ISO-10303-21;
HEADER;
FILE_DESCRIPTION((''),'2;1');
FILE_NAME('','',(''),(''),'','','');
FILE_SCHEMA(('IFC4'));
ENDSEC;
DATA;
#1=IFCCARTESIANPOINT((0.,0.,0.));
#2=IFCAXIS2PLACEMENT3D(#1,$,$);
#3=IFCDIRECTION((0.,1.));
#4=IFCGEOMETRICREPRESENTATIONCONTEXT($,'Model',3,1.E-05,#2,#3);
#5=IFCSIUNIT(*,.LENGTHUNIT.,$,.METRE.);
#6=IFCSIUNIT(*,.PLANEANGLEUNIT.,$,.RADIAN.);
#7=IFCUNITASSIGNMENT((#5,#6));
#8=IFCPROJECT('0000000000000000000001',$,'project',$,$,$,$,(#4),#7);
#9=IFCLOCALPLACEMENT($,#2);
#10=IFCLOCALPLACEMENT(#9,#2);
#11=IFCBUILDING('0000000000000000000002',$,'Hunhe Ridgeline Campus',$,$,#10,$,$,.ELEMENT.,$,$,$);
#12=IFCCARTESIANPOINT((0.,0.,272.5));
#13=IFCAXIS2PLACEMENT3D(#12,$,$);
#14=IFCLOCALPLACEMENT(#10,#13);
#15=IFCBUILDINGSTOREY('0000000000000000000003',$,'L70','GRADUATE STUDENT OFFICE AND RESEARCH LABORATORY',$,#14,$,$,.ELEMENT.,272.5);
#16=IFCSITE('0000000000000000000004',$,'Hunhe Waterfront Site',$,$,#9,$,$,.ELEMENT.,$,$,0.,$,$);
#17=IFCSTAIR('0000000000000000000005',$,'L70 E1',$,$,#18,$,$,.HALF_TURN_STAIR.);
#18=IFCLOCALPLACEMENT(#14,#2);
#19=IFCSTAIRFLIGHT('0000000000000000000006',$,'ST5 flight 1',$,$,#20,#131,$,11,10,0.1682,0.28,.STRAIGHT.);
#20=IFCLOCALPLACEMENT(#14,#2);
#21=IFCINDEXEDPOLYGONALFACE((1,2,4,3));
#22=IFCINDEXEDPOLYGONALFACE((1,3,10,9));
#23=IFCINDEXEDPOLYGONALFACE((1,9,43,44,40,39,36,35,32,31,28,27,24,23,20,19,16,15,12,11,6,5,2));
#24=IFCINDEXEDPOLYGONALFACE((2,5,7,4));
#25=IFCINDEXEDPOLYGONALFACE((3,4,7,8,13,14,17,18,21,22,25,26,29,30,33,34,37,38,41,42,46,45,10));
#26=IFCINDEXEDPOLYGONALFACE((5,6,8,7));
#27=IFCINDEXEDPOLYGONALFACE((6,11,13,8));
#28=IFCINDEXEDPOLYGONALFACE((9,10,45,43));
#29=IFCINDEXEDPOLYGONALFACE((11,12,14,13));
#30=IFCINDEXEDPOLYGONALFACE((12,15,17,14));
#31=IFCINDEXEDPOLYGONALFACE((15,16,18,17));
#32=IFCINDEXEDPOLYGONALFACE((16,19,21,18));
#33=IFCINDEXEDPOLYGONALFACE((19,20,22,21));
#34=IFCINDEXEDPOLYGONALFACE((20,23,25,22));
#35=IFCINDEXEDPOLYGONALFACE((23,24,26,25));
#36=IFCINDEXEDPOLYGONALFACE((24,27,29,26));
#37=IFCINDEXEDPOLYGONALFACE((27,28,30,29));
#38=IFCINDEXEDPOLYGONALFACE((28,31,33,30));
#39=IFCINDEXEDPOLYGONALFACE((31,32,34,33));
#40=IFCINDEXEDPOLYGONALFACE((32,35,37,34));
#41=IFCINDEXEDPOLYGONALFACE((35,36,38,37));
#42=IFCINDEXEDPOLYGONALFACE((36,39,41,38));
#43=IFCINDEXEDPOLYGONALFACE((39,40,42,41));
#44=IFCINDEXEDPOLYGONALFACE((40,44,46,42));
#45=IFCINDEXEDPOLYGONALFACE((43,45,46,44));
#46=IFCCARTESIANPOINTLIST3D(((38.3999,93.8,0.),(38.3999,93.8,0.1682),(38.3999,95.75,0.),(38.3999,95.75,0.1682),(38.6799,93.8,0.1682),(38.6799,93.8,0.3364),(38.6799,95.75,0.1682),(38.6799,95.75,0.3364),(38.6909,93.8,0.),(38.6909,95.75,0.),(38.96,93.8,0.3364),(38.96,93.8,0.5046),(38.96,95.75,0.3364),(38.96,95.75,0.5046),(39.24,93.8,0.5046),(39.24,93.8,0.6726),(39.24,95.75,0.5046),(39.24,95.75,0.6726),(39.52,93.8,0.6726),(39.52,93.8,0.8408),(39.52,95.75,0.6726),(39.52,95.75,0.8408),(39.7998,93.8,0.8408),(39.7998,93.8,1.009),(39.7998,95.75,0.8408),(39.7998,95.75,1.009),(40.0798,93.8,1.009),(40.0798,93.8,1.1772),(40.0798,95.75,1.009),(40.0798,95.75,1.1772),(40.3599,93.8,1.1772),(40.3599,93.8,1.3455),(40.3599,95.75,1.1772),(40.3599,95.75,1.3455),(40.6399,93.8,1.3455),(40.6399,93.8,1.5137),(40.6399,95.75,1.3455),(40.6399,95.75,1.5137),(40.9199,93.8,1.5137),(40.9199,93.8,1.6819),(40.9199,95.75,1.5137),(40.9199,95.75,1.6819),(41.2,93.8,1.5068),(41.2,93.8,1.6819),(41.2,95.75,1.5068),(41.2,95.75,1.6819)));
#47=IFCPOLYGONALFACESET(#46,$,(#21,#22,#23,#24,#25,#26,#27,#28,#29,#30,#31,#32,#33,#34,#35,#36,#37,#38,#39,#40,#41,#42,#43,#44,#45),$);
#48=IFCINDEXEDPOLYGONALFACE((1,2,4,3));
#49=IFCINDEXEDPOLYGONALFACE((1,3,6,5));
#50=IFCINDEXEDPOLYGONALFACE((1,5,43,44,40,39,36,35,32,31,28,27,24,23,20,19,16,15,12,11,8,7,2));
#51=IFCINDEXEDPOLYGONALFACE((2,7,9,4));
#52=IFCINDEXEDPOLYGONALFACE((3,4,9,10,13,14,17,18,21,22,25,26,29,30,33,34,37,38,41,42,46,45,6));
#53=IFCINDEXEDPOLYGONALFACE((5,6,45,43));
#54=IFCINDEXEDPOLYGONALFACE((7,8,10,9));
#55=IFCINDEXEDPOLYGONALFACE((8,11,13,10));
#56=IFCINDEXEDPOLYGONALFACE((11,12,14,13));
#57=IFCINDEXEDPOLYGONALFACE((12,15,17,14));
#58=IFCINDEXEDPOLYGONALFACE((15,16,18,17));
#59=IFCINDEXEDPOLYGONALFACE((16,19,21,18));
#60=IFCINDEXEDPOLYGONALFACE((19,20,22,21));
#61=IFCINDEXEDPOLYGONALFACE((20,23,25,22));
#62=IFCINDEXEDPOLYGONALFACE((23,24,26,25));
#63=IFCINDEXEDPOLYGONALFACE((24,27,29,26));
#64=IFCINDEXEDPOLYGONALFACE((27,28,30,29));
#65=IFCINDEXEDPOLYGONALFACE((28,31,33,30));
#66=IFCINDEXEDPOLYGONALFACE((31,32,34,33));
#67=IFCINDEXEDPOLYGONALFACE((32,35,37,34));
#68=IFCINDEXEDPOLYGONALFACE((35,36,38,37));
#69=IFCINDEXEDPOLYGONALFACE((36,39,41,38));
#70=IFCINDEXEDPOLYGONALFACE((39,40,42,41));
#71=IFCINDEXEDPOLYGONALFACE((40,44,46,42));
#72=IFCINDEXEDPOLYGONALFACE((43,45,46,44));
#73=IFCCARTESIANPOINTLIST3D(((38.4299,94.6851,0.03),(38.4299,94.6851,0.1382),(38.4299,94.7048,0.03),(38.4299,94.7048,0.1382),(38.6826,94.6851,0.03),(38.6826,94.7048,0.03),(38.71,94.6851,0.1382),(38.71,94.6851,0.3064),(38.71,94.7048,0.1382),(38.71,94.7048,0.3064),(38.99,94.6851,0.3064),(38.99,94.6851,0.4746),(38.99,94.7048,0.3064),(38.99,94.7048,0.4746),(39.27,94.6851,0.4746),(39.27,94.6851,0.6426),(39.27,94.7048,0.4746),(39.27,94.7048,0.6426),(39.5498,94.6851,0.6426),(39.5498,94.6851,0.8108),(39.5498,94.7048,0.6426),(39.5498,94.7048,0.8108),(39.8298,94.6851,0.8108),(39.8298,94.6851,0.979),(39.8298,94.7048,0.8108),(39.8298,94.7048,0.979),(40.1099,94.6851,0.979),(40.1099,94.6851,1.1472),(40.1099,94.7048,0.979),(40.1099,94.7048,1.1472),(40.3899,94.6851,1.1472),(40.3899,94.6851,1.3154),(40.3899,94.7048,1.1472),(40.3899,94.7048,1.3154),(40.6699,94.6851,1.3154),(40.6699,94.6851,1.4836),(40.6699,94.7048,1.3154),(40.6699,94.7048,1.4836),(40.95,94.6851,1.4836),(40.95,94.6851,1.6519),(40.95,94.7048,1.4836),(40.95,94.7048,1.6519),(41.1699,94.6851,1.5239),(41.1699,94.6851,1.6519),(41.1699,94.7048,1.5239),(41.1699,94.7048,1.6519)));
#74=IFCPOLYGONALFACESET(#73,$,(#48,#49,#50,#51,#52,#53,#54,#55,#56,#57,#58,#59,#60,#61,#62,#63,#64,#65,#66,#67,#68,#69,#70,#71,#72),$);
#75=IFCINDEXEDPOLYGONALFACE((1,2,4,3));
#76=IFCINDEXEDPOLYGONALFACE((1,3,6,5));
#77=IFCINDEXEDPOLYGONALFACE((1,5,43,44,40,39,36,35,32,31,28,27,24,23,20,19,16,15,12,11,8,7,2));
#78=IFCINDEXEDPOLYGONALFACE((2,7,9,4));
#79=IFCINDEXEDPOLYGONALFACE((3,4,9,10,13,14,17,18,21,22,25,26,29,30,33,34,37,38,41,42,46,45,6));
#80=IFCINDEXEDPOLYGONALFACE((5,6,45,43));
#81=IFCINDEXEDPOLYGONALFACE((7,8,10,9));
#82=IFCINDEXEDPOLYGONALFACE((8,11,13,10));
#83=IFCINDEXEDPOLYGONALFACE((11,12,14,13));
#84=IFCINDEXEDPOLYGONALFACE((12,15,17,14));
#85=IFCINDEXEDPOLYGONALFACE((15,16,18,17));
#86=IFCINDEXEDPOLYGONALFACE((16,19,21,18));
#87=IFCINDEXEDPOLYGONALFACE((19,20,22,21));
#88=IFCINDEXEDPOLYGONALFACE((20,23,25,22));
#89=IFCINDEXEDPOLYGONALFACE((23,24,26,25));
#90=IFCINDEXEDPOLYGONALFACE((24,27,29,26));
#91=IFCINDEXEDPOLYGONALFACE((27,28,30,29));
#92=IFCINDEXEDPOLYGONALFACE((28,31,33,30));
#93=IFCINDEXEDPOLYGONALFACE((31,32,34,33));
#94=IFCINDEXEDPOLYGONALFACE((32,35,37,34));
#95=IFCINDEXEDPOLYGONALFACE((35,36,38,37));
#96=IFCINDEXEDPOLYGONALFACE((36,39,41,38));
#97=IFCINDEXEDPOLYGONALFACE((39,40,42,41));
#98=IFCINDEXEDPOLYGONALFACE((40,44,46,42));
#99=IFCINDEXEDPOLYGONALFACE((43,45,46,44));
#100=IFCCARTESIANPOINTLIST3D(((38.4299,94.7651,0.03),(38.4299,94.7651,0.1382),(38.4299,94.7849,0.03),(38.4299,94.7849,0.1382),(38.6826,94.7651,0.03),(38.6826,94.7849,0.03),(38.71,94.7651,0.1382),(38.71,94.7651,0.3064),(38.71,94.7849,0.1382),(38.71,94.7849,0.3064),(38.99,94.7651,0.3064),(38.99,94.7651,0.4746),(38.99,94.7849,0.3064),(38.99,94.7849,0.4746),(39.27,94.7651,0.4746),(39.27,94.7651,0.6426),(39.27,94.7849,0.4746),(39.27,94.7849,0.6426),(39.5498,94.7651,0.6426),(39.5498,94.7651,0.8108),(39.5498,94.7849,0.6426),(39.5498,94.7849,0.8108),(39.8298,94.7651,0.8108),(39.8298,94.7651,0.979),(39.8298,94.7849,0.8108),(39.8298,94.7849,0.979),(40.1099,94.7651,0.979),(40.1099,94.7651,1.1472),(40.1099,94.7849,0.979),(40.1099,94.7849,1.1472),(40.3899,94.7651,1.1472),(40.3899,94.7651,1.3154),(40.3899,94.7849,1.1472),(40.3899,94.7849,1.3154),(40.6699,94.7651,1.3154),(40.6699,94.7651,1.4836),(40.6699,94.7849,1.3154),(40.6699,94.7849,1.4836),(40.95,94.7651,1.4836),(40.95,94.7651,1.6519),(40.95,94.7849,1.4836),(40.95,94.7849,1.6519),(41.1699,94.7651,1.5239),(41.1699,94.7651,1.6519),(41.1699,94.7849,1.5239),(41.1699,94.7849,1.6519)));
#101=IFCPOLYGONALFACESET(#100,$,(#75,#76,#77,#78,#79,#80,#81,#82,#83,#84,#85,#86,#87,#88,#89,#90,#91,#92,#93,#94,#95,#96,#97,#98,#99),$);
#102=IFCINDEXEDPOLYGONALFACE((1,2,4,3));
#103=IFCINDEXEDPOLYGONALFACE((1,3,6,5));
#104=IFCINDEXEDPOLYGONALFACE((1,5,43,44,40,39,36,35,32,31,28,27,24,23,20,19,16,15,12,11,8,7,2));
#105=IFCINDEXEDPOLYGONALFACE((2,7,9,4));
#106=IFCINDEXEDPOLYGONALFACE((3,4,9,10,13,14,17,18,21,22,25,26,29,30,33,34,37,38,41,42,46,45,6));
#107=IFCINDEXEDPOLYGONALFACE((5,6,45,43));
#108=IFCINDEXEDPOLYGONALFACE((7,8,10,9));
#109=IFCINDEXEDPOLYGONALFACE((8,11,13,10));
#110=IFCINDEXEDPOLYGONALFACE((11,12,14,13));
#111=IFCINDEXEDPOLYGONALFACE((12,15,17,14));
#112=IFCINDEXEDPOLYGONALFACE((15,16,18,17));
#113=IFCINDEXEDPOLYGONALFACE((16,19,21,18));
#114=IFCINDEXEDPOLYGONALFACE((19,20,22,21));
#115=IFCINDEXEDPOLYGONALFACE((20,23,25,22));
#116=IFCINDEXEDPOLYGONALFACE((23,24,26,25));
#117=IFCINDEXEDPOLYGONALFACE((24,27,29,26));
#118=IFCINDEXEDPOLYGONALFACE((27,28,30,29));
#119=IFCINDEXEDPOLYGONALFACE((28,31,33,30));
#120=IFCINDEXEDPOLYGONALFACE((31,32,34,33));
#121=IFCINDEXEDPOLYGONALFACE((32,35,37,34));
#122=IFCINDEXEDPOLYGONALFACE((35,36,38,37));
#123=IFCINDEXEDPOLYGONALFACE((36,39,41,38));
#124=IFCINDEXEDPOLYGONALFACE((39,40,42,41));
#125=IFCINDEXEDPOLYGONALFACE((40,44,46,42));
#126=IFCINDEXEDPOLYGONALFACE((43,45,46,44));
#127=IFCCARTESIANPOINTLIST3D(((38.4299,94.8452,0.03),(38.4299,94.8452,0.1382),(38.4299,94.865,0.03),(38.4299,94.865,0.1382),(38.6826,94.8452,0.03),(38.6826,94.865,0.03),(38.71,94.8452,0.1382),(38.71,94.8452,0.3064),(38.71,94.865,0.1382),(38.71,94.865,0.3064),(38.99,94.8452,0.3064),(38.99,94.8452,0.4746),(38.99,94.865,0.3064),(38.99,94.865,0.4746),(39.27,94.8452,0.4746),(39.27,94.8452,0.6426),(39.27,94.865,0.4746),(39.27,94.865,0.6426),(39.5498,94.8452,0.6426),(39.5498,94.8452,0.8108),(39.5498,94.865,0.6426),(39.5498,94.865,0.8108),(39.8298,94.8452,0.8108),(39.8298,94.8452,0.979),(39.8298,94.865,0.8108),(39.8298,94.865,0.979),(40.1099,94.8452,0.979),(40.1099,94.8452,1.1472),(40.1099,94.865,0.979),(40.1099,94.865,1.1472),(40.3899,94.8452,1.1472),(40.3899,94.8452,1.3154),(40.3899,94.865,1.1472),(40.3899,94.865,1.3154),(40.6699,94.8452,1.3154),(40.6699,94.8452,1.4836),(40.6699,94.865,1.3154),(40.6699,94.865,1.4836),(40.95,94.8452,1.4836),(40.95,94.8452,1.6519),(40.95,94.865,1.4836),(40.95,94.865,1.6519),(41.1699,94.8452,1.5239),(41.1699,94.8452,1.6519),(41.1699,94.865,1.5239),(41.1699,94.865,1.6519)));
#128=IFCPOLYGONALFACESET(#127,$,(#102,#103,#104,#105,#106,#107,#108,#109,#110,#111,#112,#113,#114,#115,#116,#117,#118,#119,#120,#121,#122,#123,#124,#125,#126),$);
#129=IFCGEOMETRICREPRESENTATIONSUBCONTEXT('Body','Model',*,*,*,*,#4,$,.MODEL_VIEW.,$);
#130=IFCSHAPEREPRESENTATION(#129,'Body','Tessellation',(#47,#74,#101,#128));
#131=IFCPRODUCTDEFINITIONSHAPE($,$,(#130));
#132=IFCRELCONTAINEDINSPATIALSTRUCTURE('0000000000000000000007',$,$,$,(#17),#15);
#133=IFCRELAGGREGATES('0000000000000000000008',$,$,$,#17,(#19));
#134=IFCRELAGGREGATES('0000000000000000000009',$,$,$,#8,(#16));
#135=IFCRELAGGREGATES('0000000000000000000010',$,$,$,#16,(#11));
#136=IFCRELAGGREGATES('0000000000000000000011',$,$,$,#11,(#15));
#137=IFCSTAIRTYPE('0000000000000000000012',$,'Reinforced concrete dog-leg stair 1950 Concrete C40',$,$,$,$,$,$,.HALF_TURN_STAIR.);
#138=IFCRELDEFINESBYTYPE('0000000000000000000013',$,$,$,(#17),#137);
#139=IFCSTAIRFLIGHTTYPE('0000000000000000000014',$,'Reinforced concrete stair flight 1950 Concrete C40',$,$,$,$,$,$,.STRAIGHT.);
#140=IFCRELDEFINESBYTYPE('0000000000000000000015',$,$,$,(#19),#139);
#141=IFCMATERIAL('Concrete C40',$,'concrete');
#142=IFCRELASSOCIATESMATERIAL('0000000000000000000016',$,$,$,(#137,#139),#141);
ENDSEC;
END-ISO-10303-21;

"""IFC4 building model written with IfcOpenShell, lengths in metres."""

from ifc_helpers import new_model, si_unit, direction, frame, origin, place, context, subcontext, project, spatial, polyline, outline, extrude, material, type_object, element, aggregate, save


model = new_model("IFC4")

# Units and contexts
model_context = context("Model", 3, precision=1e-05, world=origin(), true_north=direction((0.0, 1.0)))
body_context = subcontext(model_context, "Body", "Model", "MODEL_VIEW")
ifc_project = project(units=[si_unit("LENGTHUNIT", "METRE"), si_unit("PLANEANGLEUNIT", "RADIAN")], contexts=[model_context])

# Site, building, storey
site_placement = place(None, origin())
site = spatial("IfcSite", under=ifc_project, at=site_placement, Name="Hunhe Waterfront Site", CompositionType="ELEMENT", RefElevation=0.0)
building_placement = place(site_placement, origin())
building = spatial("IfcBuilding", under=site, at=building_placement, Name="Hunhe Ridgeline Campus", CompositionType="ELEMENT")
storey_placement = place(building_placement, frame((0.0, 0.0, 272.5)))
storey = spatial("IfcBuildingStorey", under=building, at=storey_placement, Name="L70", Description="GRADUATE STUDENT OFFICE AND RESEARCH LABORATORY", CompositionType="ELEMENT", Elevation=272.5)

# Stair, stair flight
ifc_material_1 = material(Name="Concrete C40", Category="concrete")
stair_type = type_object("IfcStairType", Name="Reinforced concrete dog-leg stair 1950 Concrete C40", PredefinedType="HALF_TURN_STAIR", material=ifc_material_1)
stair_placement = place(storey_placement, origin())
stair = element("IfcStair", 1, at=stair_placement, inside=storey, type_object=stair_type, Name="L70 E1", PredefinedType="HALF_TURN_STAIR")
stair_flight_type = type_object("IfcStairFlightType", Name="Reinforced concrete stair flight 1950 Concrete C40", PredefinedType="STRAIGHT", material=ifc_material_1)
stair_flight_1_placement = place(storey_placement, frame((38.3999, 94.7749, 0.0), z_axis=(0.0, 0.0, 1.0), x_axis=(1.0, 0.0, 0.0)))
stair_flight_1 = element("IfcStairFlight", 2, at=stair_flight_1_placement, type_object=stair_flight_type, Name="ST5 flight 1", NumberOfRisers=11, NumberOfTreads=10, PredefinedType="STRAIGHT", RiserHeight=0.1682, TreadLength=0.28, context=body_context, shape_type="SweptSolid", body=[
    extrude(outline(polyline([(0.0, 0.0), (0.0, 0.1682), (0.28, 0.1682), (0.28, 0.3364), (0.5601, 0.3364), (0.5601, 0.5046), (0.8401, 0.5046), (0.8401, 0.6726), (1.1201, 0.6726), (1.1201, 0.8408), (1.3999, 0.8408), (1.3999, 1.009), (1.6799, 1.009), (1.6799, 1.1772), (1.96, 1.1772), (1.96, 1.3455), (2.24, 1.3455), (2.24, 1.5137), (2.52, 1.5137), (2.52, 1.6819), (2.8, 1.6819), (2.8, 1.8501), (2.8, 1.5068), (0.291, 0.0), (0.0, 0.0)])), frame((0.0, 0.9751, 0.0), z_axis=(0.0, -1.0, 0.0), x_axis=(1.0, 0.0, 0.0)), (0.0, 0.0, 1.0), 1.95),
    extrude(outline(polyline([(0.03, 0.03), (0.03, 0.1382), (0.3101, 0.1382), (0.3101, 0.3064), (0.5901, 0.3064), (0.5901, 0.4746), (0.8701, 0.4746), (0.8701, 0.6426), (1.1499, 0.6426), (1.1499, 0.8108), (1.4299, 0.8108), (1.4299, 0.979), (1.71, 0.979), (1.71, 1.1472), (1.99, 1.1472), (1.99, 1.3154), (2.27, 1.3154), (2.27, 1.4836), (2.55, 1.4836), (2.55, 1.6519), (2.77, 1.6519), (2.77, 1.5239), (0.2827, 0.03), (0.03, 0.03)])), frame((0.0, -0.0701, 0.0), z_axis=(0.0, -1.0, 0.0), x_axis=(1.0, 0.0, 0.0)), (0.0, 0.0, 1.0), 0.0198),
    extrude(outline(polyline([(0.03, 0.03), (0.03, 0.1382), (0.3101, 0.1382), (0.3101, 0.3064), (0.5901, 0.3064), (0.5901, 0.4746), (0.8701, 0.4746), (0.8701, 0.6426), (1.1499, 0.6426), (1.1499, 0.8108), (1.4299, 0.8108), (1.4299, 0.979), (1.71, 0.979), (1.71, 1.1472), (1.99, 1.1472), (1.99, 1.3154), (2.27, 1.3154), (2.27, 1.4836), (2.55, 1.4836), (2.55, 1.6519), (2.77, 1.6519), (2.77, 1.5239), (0.2827, 0.03), (0.03, 0.03)])), frame((0.0, 0.01, 0.0), z_axis=(0.0, -1.0, 0.0), x_axis=(1.0, 0.0, 0.0)), (0.0, 0.0, 1.0), 0.0198),
    extrude(outline(polyline([(0.03, 0.03), (0.03, 0.1382), (0.3101, 0.1382), (0.3101, 0.3064), (0.5901, 0.3064), (0.5901, 0.4746), (0.8701, 0.4746), (0.8701, 0.6426), (1.1499, 0.6426), (1.1499, 0.8108), (1.4299, 0.8108), (1.4299, 0.979), (1.71, 0.979), (1.71, 1.1472), (1.99, 1.1472), (1.99, 1.3154), (2.27, 1.3154), (2.27, 1.4836), (2.55, 1.4836), (2.55, 1.6519), (2.77, 1.6519), (2.77, 1.5239), (0.2827, 0.03), (0.03, 0.03)])), frame((0.0, 0.0901, 0.0), z_axis=(0.0, -1.0, 0.0), x_axis=(1.0, 0.0, 0.0)), (0.0, 0.0, 1.0), 0.0198),
])
aggregate(stair, [stair_flight_1])

save(model, "model.ifc")
